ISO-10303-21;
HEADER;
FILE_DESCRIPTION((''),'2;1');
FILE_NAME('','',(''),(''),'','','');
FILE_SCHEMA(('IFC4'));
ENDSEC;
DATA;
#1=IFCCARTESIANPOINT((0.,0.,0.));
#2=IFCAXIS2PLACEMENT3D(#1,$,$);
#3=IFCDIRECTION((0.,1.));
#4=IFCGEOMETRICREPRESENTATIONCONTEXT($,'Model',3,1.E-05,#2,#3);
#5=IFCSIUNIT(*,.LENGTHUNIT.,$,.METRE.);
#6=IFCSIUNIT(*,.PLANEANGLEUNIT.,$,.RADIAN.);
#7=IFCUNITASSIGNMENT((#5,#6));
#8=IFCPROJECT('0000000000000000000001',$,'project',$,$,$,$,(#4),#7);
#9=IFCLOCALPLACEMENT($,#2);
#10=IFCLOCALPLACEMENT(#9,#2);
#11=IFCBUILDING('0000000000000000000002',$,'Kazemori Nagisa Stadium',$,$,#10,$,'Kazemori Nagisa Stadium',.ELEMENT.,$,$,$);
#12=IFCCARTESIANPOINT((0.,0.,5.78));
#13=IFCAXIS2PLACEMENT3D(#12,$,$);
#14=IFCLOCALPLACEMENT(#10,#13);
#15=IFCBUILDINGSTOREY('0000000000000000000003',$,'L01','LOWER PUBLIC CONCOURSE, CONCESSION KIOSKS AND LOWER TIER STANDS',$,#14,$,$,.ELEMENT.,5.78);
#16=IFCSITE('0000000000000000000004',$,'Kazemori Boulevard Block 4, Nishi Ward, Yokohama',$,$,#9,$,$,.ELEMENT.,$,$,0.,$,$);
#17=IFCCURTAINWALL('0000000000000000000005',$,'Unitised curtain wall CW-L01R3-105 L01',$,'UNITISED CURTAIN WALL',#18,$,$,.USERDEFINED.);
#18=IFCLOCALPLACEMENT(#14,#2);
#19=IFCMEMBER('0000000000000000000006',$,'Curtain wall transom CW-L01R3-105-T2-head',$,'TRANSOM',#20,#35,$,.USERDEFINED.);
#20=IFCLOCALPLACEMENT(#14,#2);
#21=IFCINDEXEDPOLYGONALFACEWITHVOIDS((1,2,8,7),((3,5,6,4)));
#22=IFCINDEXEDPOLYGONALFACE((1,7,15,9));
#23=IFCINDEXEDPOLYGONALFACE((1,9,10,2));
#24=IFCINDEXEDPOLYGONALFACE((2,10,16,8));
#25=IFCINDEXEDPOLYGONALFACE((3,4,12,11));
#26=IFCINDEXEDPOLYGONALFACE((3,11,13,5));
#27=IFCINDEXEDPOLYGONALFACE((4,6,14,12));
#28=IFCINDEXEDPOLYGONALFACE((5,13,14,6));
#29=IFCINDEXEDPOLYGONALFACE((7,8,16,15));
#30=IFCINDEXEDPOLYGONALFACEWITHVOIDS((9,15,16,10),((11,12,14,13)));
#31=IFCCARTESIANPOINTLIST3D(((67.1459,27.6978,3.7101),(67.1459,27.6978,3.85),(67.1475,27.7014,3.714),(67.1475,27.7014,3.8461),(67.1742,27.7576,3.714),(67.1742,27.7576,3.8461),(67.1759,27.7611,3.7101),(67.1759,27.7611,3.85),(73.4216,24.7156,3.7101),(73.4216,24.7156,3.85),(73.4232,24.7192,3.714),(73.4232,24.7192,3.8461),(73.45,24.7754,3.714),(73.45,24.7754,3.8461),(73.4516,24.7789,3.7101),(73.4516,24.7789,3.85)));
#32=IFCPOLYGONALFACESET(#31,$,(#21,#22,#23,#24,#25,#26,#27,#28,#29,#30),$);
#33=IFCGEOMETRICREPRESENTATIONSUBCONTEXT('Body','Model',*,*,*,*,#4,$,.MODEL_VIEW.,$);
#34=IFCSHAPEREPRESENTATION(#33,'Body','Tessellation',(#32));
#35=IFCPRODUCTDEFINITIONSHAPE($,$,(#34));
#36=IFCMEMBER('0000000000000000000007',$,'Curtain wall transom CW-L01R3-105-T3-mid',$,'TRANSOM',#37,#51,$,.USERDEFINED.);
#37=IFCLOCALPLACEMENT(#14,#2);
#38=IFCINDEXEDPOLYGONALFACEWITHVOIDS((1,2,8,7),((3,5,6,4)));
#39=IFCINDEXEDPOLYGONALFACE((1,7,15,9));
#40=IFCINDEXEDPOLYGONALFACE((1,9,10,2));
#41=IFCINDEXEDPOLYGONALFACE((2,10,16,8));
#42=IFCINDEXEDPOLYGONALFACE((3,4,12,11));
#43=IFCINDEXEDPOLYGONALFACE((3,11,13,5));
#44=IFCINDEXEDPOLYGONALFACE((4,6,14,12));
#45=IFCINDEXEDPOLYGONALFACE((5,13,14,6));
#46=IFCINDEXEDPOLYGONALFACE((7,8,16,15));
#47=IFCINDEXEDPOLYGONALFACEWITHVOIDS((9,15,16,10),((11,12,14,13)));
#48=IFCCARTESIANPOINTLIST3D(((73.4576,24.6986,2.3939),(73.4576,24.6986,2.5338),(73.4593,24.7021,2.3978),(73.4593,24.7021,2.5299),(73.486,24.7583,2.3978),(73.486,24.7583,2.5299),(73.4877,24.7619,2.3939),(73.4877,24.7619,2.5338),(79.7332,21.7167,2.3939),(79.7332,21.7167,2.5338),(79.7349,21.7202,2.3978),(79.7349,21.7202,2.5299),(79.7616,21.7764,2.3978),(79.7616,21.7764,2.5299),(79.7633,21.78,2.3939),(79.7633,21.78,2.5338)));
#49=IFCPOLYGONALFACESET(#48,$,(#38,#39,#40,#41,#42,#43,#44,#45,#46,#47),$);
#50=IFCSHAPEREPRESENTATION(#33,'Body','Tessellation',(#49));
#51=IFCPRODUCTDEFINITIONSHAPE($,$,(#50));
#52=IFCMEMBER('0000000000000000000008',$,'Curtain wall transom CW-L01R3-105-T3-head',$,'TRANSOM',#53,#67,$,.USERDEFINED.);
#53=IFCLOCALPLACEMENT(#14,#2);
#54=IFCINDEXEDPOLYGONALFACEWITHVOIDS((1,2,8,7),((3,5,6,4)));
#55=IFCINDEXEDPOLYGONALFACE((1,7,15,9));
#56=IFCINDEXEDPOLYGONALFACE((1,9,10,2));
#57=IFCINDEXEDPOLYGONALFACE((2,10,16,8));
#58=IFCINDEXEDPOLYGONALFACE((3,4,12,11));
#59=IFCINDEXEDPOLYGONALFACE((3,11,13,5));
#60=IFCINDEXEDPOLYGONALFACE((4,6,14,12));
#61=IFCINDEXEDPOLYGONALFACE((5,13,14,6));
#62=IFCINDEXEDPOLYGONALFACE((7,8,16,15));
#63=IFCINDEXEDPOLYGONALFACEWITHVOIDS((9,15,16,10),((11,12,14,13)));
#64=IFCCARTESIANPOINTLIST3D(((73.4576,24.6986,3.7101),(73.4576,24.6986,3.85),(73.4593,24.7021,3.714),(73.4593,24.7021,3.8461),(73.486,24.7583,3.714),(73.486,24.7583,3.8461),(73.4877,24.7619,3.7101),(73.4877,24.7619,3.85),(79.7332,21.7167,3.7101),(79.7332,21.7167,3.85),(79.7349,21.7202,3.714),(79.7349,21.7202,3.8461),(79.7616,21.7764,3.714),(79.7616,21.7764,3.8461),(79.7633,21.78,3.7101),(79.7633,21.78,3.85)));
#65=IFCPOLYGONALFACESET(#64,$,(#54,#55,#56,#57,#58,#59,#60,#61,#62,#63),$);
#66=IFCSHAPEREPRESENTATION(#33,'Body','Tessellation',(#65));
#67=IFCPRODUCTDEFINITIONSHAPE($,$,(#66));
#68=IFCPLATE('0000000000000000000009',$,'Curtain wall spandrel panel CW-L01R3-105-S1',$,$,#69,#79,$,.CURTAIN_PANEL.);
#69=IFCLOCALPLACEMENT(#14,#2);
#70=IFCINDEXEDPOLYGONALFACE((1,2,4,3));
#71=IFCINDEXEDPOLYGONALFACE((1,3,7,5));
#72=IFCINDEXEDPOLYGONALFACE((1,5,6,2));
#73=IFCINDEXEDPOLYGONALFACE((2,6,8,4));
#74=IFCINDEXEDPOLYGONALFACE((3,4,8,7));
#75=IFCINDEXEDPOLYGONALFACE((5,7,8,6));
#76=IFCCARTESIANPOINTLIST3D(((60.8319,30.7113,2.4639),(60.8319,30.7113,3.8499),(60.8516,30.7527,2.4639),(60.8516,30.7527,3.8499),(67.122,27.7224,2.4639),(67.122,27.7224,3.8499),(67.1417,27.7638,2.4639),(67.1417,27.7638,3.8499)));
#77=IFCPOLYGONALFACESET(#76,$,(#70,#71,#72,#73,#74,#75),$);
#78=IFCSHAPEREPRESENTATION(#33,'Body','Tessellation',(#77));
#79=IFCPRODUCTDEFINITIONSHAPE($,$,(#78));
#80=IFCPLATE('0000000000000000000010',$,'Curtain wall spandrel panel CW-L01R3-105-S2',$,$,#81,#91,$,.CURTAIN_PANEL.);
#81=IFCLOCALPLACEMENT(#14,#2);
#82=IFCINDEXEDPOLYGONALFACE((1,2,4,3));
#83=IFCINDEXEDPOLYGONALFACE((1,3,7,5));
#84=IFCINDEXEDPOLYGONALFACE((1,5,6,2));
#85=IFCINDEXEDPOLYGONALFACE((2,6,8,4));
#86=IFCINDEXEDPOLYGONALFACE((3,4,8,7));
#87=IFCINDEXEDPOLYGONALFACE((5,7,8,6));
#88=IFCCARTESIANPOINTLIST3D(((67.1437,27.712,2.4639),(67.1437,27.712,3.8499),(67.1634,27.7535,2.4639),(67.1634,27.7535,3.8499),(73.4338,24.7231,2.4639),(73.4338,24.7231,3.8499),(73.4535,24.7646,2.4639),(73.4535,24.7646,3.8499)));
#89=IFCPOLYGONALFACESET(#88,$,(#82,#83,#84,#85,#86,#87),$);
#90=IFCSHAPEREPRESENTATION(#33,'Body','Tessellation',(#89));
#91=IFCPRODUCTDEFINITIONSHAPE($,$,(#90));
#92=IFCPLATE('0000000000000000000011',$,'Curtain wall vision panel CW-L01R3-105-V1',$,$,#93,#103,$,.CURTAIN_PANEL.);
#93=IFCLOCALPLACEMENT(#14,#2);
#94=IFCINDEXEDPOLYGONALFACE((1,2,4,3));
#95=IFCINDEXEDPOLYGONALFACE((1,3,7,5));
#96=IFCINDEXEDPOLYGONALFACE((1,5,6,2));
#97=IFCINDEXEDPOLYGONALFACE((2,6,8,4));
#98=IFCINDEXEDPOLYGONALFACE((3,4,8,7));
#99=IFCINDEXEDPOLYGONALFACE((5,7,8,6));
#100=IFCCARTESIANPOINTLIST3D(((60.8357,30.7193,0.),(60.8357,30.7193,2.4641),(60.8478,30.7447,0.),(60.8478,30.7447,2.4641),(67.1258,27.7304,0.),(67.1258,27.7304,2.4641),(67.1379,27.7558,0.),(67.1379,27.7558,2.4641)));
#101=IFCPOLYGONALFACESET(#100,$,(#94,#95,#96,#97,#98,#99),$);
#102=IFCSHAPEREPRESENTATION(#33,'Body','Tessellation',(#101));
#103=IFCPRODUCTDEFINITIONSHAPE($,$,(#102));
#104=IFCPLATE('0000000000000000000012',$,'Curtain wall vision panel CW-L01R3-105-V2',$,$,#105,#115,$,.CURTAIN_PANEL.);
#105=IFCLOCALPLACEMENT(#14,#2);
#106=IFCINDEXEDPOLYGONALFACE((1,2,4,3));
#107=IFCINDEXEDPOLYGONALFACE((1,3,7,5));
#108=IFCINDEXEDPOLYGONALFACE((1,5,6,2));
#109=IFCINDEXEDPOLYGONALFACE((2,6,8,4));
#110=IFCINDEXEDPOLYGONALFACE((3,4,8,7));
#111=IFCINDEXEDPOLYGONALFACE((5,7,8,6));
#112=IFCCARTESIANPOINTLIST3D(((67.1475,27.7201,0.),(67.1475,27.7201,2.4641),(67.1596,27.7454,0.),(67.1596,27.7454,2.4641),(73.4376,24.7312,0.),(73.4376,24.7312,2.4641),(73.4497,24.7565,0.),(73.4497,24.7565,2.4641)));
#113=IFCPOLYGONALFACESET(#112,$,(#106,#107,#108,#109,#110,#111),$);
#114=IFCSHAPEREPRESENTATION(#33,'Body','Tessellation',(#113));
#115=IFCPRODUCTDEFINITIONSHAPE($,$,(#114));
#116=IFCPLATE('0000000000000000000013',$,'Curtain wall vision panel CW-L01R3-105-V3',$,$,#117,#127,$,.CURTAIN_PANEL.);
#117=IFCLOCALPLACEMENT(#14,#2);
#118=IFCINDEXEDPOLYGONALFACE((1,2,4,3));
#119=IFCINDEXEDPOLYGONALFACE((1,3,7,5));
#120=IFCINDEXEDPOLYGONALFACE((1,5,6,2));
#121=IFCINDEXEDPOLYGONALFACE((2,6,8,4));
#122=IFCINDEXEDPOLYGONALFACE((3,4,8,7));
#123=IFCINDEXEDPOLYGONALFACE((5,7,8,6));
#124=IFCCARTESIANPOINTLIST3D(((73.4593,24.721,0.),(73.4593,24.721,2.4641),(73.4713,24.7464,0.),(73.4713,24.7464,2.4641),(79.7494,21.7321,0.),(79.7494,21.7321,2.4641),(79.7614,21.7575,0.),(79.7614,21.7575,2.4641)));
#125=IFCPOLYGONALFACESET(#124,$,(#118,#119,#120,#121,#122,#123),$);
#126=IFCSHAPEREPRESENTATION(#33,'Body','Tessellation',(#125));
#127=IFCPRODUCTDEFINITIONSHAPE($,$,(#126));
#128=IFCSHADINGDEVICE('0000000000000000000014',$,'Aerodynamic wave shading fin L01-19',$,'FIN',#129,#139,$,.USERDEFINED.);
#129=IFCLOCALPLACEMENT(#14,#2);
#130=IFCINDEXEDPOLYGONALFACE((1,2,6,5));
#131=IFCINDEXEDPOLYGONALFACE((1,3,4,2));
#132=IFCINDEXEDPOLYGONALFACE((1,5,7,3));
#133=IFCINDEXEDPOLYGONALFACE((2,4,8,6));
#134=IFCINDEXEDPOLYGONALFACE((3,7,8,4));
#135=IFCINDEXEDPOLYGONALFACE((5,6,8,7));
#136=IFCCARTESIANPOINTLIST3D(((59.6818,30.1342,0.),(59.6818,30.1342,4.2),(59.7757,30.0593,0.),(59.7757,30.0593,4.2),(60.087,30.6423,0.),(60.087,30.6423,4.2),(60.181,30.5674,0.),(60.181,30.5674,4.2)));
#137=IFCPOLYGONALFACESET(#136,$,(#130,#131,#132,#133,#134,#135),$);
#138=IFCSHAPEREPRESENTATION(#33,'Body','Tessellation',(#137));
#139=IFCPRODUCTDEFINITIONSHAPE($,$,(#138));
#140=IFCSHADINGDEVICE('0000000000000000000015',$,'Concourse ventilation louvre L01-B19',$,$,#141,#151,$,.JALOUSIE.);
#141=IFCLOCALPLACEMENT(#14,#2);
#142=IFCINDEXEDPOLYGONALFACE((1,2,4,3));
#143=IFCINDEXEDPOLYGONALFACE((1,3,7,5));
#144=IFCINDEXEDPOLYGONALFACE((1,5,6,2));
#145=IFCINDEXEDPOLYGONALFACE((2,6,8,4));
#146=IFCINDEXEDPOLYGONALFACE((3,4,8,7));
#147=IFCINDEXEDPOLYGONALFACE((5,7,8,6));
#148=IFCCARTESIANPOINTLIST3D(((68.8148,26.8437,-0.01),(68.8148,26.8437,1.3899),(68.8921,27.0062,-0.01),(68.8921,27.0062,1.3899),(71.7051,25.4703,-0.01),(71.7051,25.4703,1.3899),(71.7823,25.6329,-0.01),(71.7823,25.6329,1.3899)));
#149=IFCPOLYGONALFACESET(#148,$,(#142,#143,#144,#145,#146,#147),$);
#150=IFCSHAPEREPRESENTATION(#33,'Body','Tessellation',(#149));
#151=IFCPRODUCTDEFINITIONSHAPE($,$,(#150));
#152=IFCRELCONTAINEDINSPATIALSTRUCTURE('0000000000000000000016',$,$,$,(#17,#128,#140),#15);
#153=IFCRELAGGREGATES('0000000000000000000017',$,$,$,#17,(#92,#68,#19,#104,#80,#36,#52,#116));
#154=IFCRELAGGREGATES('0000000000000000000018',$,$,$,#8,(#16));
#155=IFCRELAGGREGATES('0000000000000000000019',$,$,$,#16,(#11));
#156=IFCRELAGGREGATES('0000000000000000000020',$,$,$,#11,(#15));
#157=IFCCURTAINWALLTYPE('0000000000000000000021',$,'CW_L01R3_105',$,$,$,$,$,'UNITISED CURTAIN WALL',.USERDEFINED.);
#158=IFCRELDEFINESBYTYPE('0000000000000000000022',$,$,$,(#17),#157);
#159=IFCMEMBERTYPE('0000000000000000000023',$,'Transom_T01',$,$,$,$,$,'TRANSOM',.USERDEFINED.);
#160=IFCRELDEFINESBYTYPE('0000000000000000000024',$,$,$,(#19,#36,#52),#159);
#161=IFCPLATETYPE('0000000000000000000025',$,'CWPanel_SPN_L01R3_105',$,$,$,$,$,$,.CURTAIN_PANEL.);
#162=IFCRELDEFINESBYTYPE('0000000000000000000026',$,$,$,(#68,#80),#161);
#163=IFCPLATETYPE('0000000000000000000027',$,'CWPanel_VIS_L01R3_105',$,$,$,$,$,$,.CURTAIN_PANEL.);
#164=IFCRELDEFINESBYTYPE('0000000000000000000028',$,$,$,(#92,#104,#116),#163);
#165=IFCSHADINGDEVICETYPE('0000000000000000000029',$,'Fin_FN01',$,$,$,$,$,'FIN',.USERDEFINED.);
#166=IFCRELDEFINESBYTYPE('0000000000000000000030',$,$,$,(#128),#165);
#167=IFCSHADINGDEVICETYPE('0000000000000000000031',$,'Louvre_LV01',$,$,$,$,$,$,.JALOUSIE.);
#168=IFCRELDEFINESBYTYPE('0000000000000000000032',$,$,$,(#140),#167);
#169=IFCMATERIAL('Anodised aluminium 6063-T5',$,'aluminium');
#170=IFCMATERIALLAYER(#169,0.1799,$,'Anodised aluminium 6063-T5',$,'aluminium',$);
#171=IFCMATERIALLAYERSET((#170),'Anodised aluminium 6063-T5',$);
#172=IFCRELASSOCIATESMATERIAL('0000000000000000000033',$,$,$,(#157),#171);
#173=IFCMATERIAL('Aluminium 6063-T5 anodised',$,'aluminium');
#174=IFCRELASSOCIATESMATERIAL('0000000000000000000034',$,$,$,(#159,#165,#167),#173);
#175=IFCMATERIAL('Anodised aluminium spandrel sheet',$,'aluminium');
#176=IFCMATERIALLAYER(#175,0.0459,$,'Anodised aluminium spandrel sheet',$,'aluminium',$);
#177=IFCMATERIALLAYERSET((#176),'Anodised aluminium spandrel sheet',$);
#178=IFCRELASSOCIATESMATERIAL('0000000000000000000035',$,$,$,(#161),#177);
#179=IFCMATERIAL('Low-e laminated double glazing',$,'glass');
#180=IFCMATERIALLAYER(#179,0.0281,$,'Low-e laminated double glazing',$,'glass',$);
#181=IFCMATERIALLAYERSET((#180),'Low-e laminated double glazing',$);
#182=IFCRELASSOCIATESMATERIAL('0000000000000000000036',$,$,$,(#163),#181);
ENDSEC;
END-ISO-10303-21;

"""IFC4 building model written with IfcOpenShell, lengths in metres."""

from ifc_helpers import new_model, si_unit, direction, frame, origin, origin_2d, place, context, subcontext, project, spatial, rectangle, hollow_rectangle, extrude, material, layer, layer_set, material_profile, profile_set, type_object, element, aggregate, save


model = new_model("IFC4")

# Units and contexts
model_context = context("Model", 3, precision=1e-05, world=origin(), true_north=direction((0.0, 1.0)))
body_context = subcontext(model_context, "Body", "Model", "MODEL_VIEW")
ifc_project = project(units=[si_unit("LENGTHUNIT", "METRE"), si_unit("PLANEANGLEUNIT", "RADIAN")], contexts=[model_context])

# Site, building, storey
site_placement = place(None, origin())
site = spatial("IfcSite", under=ifc_project, at=site_placement, Name="Kazemori Boulevard Block 4, Nishi Ward, Yokohama", CompositionType="ELEMENT", RefElevation=0.0)
building_placement = place(site_placement, origin())
building = spatial("IfcBuilding", under=site, at=building_placement, Name="Kazemori Nagisa Stadium", LongName="Kazemori Nagisa Stadium", CompositionType="ELEMENT")
storey_placement = place(building_placement, frame((0.0, 0.0, 5.78)))
storey = spatial("IfcBuildingStorey", under=building, at=storey_placement, Name="L01", Description="LOWER PUBLIC CONCOURSE, CONCESSION KIOSKS AND LOWER TIER STANDS", CompositionType="ELEMENT", Elevation=5.78)

# Curtain wall, members, plates
ifc_material_1 = material(Name="Anodised aluminium 6063-T5", Category="aluminium")
ifc_layer_1 = layer(ifc_material_1, 0.1799, Name="Anodised aluminium 6063-T5", Category="aluminium")
ifc_layer_set_1 = layer_set([ifc_layer_1], Name="Anodised aluminium 6063-T5")
curtain_wall_type = type_object("IfcCurtainWallType", Name="CW_L01R3_105", ElementType="UNITISED CURTAIN WALL", PredefinedType="USERDEFINED", material=ifc_layer_set_1)
curtain_wall_placement = place(storey_placement, origin())
curtain_wall = element("IfcCurtainWall", 1, at=curtain_wall_placement, inside=storey, type_object=curtain_wall_type, Name="Unitised curtain wall CW-L01R3-105 L01", ObjectType="UNITISED CURTAIN WALL", PredefinedType="USERDEFINED")
ifc_material_2 = material(Name="Aluminium 6063-T5 anodised", Category="aluminium")
ifc_material_profile_1 = material_profile(ifc_material_2, hollow_rectangle(XDim=0.0701, YDim=0.1399, WallThickness=0.0039, at=origin_2d()), Name="ALU-TRAN-70x140x4")
ifc_profile_set_1 = profile_set([ifc_material_profile_1], Name="Aluminium 6063-T5 anodised")
member_type_1 = type_object("IfcMemberType", Name="Transom_T01", ElementType="TRANSOM", PredefinedType="USERDEFINED", material=ifc_profile_set_1)
member_1_placement = place(storey_placement, frame((67.1609, 27.7295, 3.78), z_axis=(0.903208, -0.429204, 0.0), x_axis=(0.429204, 0.903208, 0.0)))
member_1 = element("IfcMember", 2, at=member_1_placement, type_object=member_type_1, Name="Curtain wall transom CW-L01R3-105-T2-head", ObjectType="TRANSOM", PredefinedType="USERDEFINED", context=body_context, shape_type="SweptSolid", body=[
    extrude(hollow_rectangle(XDim=0.0701, YDim=0.1399, WallThickness=0.0039, at=origin_2d()), origin(), (0.0, 0.0, 1.0), 6.9482),
])
member_2_placement = place(storey_placement, frame((73.4727, 24.7302, 2.4639), z_axis=(0.903221, -0.429175, 0.0), x_axis=(0.429175, 0.903221, 0.0)))
member_2 = element("IfcMember", 3, at=member_2_placement, type_object=member_type_1, Name="Curtain wall transom CW-L01R3-105-T3-mid", ObjectType="TRANSOM", PredefinedType="USERDEFINED", context=body_context, shape_type="SweptSolid", body=[
    extrude(hollow_rectangle(XDim=0.0701, YDim=0.1399, WallThickness=0.0039, at=origin_2d()), origin(), (0.0, 0.0, 1.0), 6.948),
])
member_3_placement = place(storey_placement, frame((73.4727, 24.7302, 3.78), z_axis=(0.903221, -0.429175, 0.0), x_axis=(0.429175, 0.903221, 0.0)))
member_3 = element("IfcMember", 4, at=member_3_placement, type_object=member_type_1, Name="Curtain wall transom CW-L01R3-105-T3-head", ObjectType="TRANSOM", PredefinedType="USERDEFINED", context=body_context, shape_type="SweptSolid", body=[
    extrude(hollow_rectangle(XDim=0.0701, YDim=0.1399, WallThickness=0.0039, at=origin_2d()), origin(), (0.0, 0.0, 1.0), 6.948),
])
ifc_material_3 = material(Name="Anodised aluminium spandrel sheet", Category="aluminium")
ifc_layer_2 = layer(ifc_material_3, 0.0459, Name="Anodised aluminium spandrel sheet", Category="aluminium")
ifc_layer_set_2 = layer_set([ifc_layer_2], Name="Anodised aluminium spandrel sheet")
plate_type_1 = type_object("IfcPlateType", Name="CWPanel_SPN_L01R3_105", PredefinedType="CURTAIN_PANEL", material=ifc_layer_set_2)
plate_1_placement = place(storey_placement, frame((63.9868, 29.2375, 2.4639), z_axis=(0.0, 0.0, 1.0), x_axis=(0.903216, -0.429186, 0.0)))
plate_1 = element("IfcPlate", 5, at=plate_1_placement, type_object=plate_type_1, Name="Curtain wall spandrel panel CW-L01R3-105-S1", PredefinedType="CURTAIN_PANEL", context=body_context, shape_type="SweptSolid", body=[
    extrude(rectangle(XDim=6.9641, YDim=0.0459, at=origin_2d()), origin(), (0.0, 0.0, 1.0), 1.386),
])
plate_2_placement = place(storey_placement, frame((70.2986, 26.2383, 2.4639), z_axis=(0.0, 0.0, 1.0), x_axis=(0.903216, -0.429186, 0.0)))
plate_2 = element("IfcPlate", 6, at=plate_2_placement, type_object=plate_type_1, Name="Curtain wall spandrel panel CW-L01R3-105-S2", PredefinedType="CURTAIN_PANEL", context=body_context, shape_type="SweptSolid", body=[
    extrude(rectangle(XDim=6.9641, YDim=0.0459, at=origin_2d()), origin(), (0.0, 0.0, 1.0), 1.386),
])
ifc_material_4 = material(Name="Low-e laminated double glazing", Category="glass")
ifc_layer_3 = layer(ifc_material_4, 0.0281, Name="Low-e laminated double glazing", Category="glass")
ifc_layer_set_3 = layer_set([ifc_layer_3], Name="Low-e laminated double glazing")
plate_type_2 = type_object("IfcPlateType", Name="CWPanel_VIS_L01R3_105", PredefinedType="CURTAIN_PANEL", material=ifc_layer_set_3)
plate_3_placement = place(storey_placement, frame((63.9868, 29.2375, 0.0), z_axis=(0.0, 0.0, 1.0), x_axis=(0.903216, -0.429186, 0.0)))
plate_3 = element("IfcPlate", 7, at=plate_3_placement, type_object=plate_type_2, Name="Curtain wall vision panel CW-L01R3-105-V1", PredefinedType="CURTAIN_PANEL", context=body_context, shape_type="SweptSolid", body=[
    extrude(rectangle(XDim=6.9641, YDim=0.0281, at=origin_2d()), origin(), (0.0, 0.0, 1.0), 2.4641),
])
plate_4_placement = place(storey_placement, frame((70.2986, 26.2383, 0.0), z_axis=(0.0, 0.0, 1.0), x_axis=(0.903216, -0.429186, 0.0)))
plate_4 = element("IfcPlate", 8, at=plate_4_placement, type_object=plate_type_2, Name="Curtain wall vision panel CW-L01R3-105-V2", PredefinedType="CURTAIN_PANEL", context=body_context, shape_type="SweptSolid", body=[
    extrude(rectangle(XDim=6.9641, YDim=0.0281, at=origin_2d()), origin(), (0.0, 0.0, 1.0), 2.4641),
])
plate_5_placement = place(storey_placement, frame((76.6104, 23.2393, 0.0), z_axis=(0.0, 0.0, 1.0), x_axis=(0.903216, -0.429186, 0.0)))
plate_5 = element("IfcPlate", 9, at=plate_5_placement, type_object=plate_type_2, Name="Curtain wall vision panel CW-L01R3-105-V3", PredefinedType="CURTAIN_PANEL", context=body_context, shape_type="SweptSolid", body=[
    extrude(rectangle(XDim=6.9641, YDim=0.0281, at=origin_2d()), origin(), (0.0, 0.0, 1.0), 2.4641),
])
aggregate(curtain_wall, [plate_3, plate_1, member_1, plate_4, plate_2, member_2, member_3, plate_5])

# Shading devices
shading_device_type_1 = type_object("IfcShadingDeviceType", Name="Fin_FN01", ElementType="FIN", PredefinedType="USERDEFINED", material=ifc_material_2)
shading_device_1_placement = place(storey_placement, frame((59.9314, 30.3508, 0.0), z_axis=(0.0, 0.0, 1.0), x_axis=(-0.62349, -0.781831, 0.0)))
element("IfcShadingDevice", 10, at=shading_device_1_placement, inside=storey, type_object=shading_device_type_1, Name="Aerodynamic wave shading fin L01-19", ObjectType="FIN", PredefinedType="USERDEFINED", context=body_context, shape_type="SweptSolid", body=[
    extrude(rectangle(XDim=0.6499, YDim=0.1201, at=origin_2d()), origin(), (0.0, 0.0, 1.0), 4.2),
])
shading_device_type_2 = type_object("IfcShadingDeviceType", Name="Louvre_LV01", PredefinedType="JALOUSIE", material=ifc_material_2)
shading_device_2_placement = place(storey_placement, frame((70.2986, 26.2383, -0.01), z_axis=(0.0, 0.0, 1.0), x_axis=(0.903216, -0.429186, 0.0)))
element("IfcShadingDevice", 11, at=shading_device_2_placement, inside=storey, type_object=shading_device_type_2, Name="Concourse ventilation louvre L01-B19", PredefinedType="JALOUSIE", context=body_context, shape_type="SweptSolid", body=[
    extrude(rectangle(XDim=3.2, YDim=0.1799, at=origin_2d()), origin(), (0.0, 0.0, 1.0), 1.3999),
])

save(model, "model.ifc")
